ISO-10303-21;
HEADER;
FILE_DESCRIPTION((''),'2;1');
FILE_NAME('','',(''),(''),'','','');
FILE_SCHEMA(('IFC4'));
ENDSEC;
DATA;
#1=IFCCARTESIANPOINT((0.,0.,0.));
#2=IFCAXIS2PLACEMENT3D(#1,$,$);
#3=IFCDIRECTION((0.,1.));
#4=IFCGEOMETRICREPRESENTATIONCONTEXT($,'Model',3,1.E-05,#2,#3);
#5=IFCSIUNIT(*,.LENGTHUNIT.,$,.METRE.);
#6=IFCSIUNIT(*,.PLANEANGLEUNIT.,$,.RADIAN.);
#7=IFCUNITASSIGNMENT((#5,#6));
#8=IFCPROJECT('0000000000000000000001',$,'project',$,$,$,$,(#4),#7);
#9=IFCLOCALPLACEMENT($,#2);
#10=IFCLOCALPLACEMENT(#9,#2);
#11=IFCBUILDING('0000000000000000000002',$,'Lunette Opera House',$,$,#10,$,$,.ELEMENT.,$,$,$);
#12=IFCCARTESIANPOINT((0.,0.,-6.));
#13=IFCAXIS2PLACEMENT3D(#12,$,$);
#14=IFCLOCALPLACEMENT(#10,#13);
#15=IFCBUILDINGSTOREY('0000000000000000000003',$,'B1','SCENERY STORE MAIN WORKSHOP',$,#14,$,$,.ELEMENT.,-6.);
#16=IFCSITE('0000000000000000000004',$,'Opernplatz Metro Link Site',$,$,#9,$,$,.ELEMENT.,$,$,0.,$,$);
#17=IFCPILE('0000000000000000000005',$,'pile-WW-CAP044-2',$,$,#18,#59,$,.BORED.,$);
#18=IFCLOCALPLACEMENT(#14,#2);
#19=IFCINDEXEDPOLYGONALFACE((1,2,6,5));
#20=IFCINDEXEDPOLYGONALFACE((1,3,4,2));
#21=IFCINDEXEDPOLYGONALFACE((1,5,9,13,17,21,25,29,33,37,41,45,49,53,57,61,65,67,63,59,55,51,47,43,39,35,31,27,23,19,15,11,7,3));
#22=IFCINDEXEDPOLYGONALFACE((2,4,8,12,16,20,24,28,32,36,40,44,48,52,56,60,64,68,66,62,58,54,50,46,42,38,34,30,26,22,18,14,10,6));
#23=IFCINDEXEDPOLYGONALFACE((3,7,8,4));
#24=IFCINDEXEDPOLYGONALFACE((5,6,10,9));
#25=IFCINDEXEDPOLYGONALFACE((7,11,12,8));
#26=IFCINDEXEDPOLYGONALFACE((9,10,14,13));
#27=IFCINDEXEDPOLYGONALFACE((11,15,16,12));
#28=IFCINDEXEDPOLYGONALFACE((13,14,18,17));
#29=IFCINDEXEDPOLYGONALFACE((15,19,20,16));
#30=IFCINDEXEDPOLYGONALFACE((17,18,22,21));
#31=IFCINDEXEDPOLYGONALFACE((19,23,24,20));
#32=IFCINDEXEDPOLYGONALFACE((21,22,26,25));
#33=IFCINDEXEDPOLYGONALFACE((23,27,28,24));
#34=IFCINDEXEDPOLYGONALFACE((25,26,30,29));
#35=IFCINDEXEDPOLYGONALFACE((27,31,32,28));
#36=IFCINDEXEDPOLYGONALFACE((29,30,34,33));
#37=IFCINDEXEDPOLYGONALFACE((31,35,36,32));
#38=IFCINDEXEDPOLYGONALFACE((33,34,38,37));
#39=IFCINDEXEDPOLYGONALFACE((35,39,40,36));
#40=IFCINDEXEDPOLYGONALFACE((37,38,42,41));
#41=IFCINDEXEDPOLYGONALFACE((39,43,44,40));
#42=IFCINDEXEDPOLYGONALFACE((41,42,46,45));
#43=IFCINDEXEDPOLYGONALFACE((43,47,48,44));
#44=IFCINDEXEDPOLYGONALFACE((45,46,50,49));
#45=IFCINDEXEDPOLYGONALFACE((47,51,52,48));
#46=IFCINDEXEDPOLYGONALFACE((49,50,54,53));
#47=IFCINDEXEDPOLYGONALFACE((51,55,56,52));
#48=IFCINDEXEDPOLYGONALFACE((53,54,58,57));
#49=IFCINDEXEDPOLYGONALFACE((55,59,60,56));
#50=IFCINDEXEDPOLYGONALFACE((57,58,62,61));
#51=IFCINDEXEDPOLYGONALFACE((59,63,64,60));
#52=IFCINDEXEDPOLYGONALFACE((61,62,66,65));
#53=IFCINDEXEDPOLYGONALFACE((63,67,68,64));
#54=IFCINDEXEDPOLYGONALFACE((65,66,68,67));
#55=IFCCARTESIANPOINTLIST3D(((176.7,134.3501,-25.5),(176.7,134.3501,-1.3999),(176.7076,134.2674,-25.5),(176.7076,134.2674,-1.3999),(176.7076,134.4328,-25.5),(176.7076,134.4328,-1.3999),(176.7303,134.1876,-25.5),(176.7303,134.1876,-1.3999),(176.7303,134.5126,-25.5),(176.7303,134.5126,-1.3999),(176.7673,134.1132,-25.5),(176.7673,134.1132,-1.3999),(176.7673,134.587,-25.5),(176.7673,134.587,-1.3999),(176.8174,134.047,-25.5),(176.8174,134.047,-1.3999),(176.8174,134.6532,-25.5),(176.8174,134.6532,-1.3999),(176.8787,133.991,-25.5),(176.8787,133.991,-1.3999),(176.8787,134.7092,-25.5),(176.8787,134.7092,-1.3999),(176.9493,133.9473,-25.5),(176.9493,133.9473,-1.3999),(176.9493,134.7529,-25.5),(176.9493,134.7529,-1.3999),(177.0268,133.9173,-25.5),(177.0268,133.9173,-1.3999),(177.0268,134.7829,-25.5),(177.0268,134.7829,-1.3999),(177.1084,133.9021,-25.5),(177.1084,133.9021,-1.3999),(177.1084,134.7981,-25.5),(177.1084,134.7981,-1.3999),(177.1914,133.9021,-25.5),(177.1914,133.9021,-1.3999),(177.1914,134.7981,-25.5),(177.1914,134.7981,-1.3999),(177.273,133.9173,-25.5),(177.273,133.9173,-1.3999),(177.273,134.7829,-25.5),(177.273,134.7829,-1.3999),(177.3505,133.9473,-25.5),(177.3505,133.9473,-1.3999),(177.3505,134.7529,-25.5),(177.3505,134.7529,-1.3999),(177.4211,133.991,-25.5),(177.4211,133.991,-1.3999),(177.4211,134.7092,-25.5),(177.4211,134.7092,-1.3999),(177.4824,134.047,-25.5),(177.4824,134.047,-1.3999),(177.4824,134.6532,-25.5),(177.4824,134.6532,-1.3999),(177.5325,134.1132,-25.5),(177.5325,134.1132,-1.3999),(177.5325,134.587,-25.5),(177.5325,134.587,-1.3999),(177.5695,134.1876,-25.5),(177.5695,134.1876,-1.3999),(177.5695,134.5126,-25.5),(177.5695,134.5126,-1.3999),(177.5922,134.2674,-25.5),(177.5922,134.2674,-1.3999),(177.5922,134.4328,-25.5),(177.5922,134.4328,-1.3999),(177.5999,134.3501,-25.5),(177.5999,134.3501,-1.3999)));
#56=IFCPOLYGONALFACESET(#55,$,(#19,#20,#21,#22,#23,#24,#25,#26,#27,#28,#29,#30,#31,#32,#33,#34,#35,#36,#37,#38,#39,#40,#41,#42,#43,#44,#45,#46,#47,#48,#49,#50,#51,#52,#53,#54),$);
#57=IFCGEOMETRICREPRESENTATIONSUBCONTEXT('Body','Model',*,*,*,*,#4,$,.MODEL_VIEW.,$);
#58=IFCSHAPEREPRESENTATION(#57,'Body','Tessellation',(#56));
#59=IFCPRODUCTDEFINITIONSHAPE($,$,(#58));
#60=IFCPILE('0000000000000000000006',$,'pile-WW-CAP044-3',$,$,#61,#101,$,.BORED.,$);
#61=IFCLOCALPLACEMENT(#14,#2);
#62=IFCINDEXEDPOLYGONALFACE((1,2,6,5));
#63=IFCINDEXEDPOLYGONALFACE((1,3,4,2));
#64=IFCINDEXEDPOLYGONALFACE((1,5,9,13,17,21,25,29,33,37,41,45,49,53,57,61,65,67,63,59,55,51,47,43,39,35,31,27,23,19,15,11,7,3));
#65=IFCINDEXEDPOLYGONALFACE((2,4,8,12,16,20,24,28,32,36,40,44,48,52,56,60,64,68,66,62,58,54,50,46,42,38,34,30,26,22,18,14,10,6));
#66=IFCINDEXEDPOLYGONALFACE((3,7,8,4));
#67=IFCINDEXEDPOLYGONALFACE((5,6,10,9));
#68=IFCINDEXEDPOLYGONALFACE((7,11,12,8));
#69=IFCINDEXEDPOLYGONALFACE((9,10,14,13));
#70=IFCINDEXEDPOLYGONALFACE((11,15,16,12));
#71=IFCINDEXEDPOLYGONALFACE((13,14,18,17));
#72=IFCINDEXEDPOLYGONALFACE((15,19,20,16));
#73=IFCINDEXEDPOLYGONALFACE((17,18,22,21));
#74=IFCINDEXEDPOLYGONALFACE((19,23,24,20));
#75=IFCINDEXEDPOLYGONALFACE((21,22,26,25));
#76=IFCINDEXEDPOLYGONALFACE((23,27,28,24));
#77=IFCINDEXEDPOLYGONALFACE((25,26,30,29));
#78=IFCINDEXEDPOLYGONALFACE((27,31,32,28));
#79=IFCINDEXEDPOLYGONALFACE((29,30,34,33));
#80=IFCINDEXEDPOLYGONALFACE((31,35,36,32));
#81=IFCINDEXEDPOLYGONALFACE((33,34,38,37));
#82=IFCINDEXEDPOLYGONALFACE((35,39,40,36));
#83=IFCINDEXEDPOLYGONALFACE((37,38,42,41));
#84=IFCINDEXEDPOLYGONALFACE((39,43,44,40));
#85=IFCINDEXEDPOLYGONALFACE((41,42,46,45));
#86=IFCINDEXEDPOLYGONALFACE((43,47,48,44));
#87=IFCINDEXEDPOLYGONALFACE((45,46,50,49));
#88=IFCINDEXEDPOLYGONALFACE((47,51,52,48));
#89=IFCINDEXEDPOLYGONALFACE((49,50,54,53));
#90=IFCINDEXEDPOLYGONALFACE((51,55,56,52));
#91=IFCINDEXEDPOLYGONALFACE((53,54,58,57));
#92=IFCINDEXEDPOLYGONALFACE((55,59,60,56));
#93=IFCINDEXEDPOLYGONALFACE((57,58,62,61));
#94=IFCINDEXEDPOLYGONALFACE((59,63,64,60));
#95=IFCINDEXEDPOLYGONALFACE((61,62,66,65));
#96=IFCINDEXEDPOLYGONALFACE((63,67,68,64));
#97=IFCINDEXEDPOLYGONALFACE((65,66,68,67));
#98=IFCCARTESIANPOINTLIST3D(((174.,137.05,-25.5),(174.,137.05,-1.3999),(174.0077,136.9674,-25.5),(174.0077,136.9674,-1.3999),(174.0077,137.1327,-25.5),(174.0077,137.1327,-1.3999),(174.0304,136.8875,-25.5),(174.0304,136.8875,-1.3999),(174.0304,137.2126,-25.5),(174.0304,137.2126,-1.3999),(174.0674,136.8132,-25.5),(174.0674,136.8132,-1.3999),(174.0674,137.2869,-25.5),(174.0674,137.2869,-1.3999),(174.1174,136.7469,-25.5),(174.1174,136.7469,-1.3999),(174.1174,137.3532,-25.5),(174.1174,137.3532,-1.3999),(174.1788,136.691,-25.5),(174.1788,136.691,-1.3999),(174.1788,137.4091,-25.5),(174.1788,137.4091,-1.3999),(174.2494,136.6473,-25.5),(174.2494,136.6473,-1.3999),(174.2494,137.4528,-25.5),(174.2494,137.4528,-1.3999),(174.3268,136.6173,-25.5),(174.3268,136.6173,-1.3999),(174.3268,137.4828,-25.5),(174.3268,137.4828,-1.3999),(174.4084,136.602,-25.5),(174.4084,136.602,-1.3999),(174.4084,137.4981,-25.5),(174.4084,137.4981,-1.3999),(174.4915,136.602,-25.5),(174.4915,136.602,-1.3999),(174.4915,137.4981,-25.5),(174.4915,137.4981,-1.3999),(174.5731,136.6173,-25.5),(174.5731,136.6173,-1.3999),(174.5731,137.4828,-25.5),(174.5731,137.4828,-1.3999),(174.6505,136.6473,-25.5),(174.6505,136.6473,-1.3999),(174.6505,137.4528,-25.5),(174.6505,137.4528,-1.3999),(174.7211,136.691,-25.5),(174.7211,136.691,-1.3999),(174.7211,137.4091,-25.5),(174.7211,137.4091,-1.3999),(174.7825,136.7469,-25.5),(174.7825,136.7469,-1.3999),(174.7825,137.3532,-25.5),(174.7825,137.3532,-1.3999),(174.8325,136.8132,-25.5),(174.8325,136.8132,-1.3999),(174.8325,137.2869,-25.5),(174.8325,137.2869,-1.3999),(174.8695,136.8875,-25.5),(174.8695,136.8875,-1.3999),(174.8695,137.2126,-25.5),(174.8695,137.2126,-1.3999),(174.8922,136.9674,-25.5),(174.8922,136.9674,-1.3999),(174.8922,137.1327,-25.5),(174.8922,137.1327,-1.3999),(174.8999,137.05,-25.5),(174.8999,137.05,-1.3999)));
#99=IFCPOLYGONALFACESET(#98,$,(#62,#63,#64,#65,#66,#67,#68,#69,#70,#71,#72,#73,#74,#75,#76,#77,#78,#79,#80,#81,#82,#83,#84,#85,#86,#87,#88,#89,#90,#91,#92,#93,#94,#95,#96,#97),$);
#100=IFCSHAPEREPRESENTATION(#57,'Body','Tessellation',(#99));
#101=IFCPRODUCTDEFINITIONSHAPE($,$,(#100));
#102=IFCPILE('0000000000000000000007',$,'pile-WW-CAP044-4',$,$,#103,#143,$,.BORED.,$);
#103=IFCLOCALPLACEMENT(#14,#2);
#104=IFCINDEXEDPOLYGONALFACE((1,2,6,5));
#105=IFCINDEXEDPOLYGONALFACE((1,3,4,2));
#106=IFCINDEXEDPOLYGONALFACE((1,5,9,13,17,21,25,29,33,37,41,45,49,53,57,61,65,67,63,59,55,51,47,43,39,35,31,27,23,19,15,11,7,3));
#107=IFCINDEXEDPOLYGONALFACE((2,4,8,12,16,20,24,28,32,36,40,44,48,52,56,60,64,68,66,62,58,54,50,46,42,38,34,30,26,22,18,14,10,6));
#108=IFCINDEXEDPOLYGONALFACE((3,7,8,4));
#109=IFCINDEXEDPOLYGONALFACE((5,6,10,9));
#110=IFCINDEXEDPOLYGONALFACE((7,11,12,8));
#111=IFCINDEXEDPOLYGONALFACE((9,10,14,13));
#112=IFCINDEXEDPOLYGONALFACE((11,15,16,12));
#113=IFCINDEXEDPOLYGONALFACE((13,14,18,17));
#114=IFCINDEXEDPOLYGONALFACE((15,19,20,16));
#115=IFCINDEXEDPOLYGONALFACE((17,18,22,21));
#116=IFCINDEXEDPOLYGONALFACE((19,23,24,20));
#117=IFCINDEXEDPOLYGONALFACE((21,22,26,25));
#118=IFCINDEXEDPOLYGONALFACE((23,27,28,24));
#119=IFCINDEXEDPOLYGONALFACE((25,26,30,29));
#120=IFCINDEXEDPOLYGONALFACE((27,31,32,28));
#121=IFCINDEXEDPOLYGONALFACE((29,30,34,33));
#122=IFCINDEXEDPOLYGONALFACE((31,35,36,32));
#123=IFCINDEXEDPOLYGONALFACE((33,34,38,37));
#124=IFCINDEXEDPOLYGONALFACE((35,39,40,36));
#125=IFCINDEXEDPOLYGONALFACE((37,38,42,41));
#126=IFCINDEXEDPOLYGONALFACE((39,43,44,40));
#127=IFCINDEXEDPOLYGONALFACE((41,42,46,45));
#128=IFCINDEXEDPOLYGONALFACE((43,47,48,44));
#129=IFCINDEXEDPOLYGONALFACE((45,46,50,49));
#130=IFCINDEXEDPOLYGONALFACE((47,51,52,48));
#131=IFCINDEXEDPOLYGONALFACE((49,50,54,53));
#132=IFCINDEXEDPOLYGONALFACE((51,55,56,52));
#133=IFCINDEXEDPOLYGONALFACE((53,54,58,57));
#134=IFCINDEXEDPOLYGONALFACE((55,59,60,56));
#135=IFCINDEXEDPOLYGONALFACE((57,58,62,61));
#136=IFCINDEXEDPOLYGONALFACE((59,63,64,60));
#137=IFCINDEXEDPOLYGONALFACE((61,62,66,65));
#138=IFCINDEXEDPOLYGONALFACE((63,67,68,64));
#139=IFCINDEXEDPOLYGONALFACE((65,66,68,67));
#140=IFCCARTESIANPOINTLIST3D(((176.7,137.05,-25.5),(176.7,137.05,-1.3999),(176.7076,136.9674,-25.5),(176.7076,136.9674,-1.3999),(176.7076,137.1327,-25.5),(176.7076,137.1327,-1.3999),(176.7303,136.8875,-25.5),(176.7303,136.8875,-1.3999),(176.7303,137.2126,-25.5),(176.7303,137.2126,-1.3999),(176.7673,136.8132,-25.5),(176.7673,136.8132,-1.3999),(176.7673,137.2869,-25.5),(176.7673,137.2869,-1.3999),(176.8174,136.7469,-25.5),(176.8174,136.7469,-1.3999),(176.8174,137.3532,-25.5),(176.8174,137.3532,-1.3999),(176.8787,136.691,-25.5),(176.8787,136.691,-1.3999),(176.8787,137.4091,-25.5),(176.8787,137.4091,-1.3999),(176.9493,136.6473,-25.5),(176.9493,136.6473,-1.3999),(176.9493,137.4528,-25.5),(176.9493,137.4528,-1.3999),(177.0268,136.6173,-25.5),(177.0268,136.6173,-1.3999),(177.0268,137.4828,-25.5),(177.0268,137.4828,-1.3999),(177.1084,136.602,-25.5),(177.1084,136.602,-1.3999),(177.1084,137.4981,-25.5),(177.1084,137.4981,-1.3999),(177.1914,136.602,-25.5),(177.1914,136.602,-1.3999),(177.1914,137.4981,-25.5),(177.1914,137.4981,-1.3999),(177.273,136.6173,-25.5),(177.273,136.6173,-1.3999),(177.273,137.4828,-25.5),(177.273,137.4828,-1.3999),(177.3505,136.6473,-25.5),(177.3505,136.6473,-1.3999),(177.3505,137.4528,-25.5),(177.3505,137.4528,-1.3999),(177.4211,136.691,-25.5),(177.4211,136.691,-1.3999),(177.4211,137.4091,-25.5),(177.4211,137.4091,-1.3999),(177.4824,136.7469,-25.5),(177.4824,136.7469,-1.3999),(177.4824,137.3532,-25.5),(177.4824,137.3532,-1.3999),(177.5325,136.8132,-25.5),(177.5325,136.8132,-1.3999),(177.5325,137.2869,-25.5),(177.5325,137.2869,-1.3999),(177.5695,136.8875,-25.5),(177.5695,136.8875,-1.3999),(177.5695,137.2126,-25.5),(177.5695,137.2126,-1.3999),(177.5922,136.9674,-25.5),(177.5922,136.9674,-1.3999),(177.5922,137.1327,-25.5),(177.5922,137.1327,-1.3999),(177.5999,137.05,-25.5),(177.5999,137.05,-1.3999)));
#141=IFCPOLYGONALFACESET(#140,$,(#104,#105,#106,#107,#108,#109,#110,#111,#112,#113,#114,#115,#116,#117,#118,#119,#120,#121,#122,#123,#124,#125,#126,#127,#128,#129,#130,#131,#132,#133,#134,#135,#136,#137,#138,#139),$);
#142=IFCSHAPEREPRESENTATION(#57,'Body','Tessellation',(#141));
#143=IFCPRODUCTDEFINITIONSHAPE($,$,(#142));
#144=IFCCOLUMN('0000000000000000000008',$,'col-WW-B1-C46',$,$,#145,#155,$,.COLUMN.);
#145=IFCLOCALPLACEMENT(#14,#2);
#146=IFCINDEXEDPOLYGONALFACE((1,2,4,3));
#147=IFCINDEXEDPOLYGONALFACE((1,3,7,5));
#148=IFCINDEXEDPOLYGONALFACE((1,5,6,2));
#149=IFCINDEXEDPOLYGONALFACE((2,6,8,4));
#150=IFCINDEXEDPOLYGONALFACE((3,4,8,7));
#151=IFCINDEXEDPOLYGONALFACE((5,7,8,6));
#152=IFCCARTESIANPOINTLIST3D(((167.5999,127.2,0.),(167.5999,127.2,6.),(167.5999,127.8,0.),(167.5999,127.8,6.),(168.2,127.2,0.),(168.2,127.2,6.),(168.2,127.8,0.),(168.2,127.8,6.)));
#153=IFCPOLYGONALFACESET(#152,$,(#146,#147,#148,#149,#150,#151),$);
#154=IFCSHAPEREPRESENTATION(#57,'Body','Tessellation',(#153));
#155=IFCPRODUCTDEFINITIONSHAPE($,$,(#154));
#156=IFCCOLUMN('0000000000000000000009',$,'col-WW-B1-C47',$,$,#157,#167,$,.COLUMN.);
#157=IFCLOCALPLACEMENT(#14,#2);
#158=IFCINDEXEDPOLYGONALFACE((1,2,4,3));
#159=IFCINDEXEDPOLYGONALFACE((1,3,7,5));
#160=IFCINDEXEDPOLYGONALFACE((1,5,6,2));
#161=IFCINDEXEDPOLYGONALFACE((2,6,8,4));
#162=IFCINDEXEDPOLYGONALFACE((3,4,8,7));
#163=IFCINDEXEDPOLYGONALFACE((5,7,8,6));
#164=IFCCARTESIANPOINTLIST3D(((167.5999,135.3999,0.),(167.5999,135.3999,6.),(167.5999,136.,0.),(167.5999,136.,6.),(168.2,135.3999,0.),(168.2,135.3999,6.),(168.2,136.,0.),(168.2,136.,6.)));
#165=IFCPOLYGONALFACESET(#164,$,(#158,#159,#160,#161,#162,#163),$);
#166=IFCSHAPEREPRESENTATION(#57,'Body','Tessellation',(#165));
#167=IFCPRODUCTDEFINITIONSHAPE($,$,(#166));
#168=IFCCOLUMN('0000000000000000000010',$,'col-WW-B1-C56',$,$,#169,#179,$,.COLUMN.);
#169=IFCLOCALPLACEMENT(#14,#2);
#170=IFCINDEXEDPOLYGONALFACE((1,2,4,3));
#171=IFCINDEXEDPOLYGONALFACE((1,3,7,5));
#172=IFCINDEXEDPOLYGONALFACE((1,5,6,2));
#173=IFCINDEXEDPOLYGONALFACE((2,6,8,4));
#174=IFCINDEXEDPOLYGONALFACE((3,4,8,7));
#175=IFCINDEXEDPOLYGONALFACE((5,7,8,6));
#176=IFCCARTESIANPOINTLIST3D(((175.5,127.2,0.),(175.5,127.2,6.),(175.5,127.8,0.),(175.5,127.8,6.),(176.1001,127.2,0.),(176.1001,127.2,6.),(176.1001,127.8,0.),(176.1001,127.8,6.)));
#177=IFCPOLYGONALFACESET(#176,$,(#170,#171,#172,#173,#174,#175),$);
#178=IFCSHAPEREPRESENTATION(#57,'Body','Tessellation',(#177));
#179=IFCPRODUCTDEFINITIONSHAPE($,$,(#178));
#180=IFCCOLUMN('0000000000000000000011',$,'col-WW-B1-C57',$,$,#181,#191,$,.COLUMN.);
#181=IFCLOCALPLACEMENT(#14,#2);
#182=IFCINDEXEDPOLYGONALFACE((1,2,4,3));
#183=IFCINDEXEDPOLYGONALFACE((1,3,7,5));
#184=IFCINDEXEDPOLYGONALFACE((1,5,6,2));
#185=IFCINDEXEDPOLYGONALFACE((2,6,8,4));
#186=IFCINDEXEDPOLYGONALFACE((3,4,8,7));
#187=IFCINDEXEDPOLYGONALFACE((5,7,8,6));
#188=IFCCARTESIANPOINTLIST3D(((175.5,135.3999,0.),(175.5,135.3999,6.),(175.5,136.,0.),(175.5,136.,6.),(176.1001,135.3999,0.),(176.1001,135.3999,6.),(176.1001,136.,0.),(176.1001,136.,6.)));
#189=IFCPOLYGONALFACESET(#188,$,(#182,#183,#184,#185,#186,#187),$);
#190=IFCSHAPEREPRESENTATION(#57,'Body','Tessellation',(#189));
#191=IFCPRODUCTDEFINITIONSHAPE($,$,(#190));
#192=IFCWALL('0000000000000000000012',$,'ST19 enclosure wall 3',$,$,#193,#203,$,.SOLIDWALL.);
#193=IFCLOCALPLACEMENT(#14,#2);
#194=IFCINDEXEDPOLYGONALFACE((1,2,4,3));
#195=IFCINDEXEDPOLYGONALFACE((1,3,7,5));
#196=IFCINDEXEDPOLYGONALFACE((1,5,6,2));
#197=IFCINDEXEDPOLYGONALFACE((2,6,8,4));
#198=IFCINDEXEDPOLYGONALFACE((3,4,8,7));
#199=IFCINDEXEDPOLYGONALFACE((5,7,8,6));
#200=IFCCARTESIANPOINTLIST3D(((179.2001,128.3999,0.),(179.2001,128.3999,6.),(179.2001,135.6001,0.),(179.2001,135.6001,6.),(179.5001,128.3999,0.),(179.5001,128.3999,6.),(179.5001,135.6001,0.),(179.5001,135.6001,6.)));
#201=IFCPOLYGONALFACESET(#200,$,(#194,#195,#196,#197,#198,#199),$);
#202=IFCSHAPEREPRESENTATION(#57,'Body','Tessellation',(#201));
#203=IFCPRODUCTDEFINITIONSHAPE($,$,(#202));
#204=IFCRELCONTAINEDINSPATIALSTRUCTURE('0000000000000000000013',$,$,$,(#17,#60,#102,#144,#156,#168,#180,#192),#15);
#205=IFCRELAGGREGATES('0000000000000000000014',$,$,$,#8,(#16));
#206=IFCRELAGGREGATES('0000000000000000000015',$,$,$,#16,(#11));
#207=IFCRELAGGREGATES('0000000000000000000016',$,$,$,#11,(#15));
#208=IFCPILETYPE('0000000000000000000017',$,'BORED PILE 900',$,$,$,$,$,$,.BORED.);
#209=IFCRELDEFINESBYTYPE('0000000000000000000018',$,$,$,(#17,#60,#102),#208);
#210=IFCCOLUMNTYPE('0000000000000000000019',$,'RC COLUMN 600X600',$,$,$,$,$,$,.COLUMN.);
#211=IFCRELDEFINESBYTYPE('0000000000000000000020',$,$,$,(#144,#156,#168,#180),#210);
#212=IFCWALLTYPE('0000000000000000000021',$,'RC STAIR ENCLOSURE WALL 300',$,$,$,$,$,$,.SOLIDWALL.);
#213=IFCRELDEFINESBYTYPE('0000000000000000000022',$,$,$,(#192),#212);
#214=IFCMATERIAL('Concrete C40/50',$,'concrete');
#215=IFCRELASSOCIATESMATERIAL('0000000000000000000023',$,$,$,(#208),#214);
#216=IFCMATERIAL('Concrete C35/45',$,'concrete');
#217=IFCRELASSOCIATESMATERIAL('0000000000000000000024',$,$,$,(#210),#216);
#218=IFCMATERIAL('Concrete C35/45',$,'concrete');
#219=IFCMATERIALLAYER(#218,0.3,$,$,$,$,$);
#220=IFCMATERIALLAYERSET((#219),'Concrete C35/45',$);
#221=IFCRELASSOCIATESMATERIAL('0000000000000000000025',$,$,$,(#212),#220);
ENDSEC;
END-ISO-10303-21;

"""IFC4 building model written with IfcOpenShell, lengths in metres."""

from ifc_helpers import new_model, si_unit, direction, frame, frame_2d, origin, origin_2d, place, context, subcontext, project, spatial, rectangle, circle, extrude, material, layer, layer_set, material_profile, profile_set, type_object, element, save


model = new_model("IFC4")

# Units and contexts
model_context = context("Model", 3, precision=1e-05, world=origin(), true_north=direction((0.0, 1.0)))
body_context = subcontext(model_context, "Body", "Model", "MODEL_VIEW")
ifc_project = project(units=[si_unit("LENGTHUNIT", "METRE"), si_unit("PLANEANGLEUNIT", "RADIAN")], contexts=[model_context])

# Site, building, storey
site_placement = place(None, origin())
site = spatial("IfcSite", under=ifc_project, at=site_placement, Name="Opernplatz Metro Link Site", CompositionType="ELEMENT", RefElevation=0.0)
building_placement = place(site_placement, origin())
building = spatial("IfcBuilding", under=site, at=building_placement, Name="Lunette Opera House", CompositionType="ELEMENT")
storey_placement = place(building_placement, frame((0.0, 0.0, -6.0)))
storey = spatial("IfcBuildingStorey", under=building, at=storey_placement, Name="B1", Description="SCENERY STORE MAIN WORKSHOP", CompositionType="ELEMENT", Elevation=-6.0)

# Piles
ifc_material_1 = material(Name="Concrete C40/50", Category="concrete")
ifc_material_profile_1 = material_profile(ifc_material_1, circle(Radius=0.45, at=origin_2d()), Name="BORED PILE 900")
ifc_profile_set_1 = profile_set([ifc_material_profile_1], Name="Concrete C40/50")
pile_type = type_object("IfcPileType", Name="BORED PILE 900", PredefinedType="BORED", material=ifc_profile_set_1)
for number, where, z_axis, x_axis, name in (
    (1, (177.1499, 134.3501, -1.3999), (0.0, 0.0, -1.0), (1.0, 0.0, 0.0), "pile-WW-CAP044-2"),
    (2, (174.45, 137.05, -1.3999), (0.0, 0.0, -1.0), (1.0, 0.0, 0.0), "pile-WW-CAP044-3"),
    (3, (177.1499, 137.05, -1.3999), (0.0, 0.0, -1.0), (1.0, 0.0, 0.0), "pile-WW-CAP044-4"),
):
    element("IfcPile", number, at=place(storey_placement, frame(where, z_axis=z_axis, x_axis=x_axis)), inside=storey, type_object=pile_type, Name=name, PredefinedType="BORED", context=body_context, shape_type="SweptSolid", body=[
        extrude(circle(Radius=0.45, at=origin_2d()), origin(), (0.0, 0.0, 1.0), 24.1001),
    ])

# Columns
ifc_material_2 = material(Name="Concrete C35/45", Category="concrete")
ifc_material_profile_2 = material_profile(ifc_material_2, rectangle(XDim=0.6001, YDim=0.6001, at=origin_2d()), Name="RC COLUMN 600X600")
ifc_profile_set_2 = profile_set([ifc_material_profile_2], Name="Concrete C35/45")
column_type = type_object("IfcColumnType", Name="RC COLUMN 600X600", PredefinedType="COLUMN", material=ifc_profile_set_2)
for number, where, z_axis, x_axis, name in (
    (4, (167.8999, 127.5, 0.0), (0.0, 0.0, 1.0), (1.0, 0.0, 0.0), "col-WW-B1-C46"),
    (5, (167.8999, 135.7, 0.0), (0.0, 0.0, 1.0), (1.0, 0.0, 0.0), "col-WW-B1-C47"),
    (6, (175.8, 127.5, 0.0), (0.0, 0.0, 1.0), (1.0, 0.0, 0.0), "col-WW-B1-C56"),
    (7, (175.8, 135.7, 0.0), (0.0, 0.0, 1.0), (1.0, 0.0, 0.0), "col-WW-B1-C57"),
):
    element("IfcColumn", number, at=place(storey_placement, frame(where, z_axis=z_axis, x_axis=x_axis)), inside=storey, type_object=column_type, Name=name, PredefinedType="COLUMN", context=body_context, shape_type="SweptSolid", body=[
        extrude(rectangle(XDim=0.6001, YDim=0.6001, at=origin_2d()), origin(), (0.0, 0.0, 1.0), 6.0),
    ])

# Wall
ifc_material_3 = material(Name="Concrete C35/45", Category="concrete")
ifc_layer = layer(ifc_material_3, 0.3)
ifc_layer_set = layer_set([ifc_layer], Name="Concrete C35/45")
wall_type = type_object("IfcWallType", Name="RC STAIR ENCLOSURE WALL 300", PredefinedType="SOLIDWALL", material=ifc_layer_set)
wall_1_placement = place(storey_placement, frame((179.3501, 135.6001, 0.0), z_axis=(0.0, 0.0, 1.0), x_axis=(0.0, -1.0, 0.0)))
element("IfcWall", 8, at=wall_1_placement, inside=storey, type_object=wall_type, Name="ST19 enclosure wall 3", PredefinedType="SOLIDWALL", context=body_context, shape_type="SweptSolid", body=[
    extrude(rectangle(XDim=7.2002, YDim=0.3, at=frame_2d((3.6001, 0.0))), origin(), (0.0, 0.0, 1.0), 6.0),
])

save(model, "model.ifc")
